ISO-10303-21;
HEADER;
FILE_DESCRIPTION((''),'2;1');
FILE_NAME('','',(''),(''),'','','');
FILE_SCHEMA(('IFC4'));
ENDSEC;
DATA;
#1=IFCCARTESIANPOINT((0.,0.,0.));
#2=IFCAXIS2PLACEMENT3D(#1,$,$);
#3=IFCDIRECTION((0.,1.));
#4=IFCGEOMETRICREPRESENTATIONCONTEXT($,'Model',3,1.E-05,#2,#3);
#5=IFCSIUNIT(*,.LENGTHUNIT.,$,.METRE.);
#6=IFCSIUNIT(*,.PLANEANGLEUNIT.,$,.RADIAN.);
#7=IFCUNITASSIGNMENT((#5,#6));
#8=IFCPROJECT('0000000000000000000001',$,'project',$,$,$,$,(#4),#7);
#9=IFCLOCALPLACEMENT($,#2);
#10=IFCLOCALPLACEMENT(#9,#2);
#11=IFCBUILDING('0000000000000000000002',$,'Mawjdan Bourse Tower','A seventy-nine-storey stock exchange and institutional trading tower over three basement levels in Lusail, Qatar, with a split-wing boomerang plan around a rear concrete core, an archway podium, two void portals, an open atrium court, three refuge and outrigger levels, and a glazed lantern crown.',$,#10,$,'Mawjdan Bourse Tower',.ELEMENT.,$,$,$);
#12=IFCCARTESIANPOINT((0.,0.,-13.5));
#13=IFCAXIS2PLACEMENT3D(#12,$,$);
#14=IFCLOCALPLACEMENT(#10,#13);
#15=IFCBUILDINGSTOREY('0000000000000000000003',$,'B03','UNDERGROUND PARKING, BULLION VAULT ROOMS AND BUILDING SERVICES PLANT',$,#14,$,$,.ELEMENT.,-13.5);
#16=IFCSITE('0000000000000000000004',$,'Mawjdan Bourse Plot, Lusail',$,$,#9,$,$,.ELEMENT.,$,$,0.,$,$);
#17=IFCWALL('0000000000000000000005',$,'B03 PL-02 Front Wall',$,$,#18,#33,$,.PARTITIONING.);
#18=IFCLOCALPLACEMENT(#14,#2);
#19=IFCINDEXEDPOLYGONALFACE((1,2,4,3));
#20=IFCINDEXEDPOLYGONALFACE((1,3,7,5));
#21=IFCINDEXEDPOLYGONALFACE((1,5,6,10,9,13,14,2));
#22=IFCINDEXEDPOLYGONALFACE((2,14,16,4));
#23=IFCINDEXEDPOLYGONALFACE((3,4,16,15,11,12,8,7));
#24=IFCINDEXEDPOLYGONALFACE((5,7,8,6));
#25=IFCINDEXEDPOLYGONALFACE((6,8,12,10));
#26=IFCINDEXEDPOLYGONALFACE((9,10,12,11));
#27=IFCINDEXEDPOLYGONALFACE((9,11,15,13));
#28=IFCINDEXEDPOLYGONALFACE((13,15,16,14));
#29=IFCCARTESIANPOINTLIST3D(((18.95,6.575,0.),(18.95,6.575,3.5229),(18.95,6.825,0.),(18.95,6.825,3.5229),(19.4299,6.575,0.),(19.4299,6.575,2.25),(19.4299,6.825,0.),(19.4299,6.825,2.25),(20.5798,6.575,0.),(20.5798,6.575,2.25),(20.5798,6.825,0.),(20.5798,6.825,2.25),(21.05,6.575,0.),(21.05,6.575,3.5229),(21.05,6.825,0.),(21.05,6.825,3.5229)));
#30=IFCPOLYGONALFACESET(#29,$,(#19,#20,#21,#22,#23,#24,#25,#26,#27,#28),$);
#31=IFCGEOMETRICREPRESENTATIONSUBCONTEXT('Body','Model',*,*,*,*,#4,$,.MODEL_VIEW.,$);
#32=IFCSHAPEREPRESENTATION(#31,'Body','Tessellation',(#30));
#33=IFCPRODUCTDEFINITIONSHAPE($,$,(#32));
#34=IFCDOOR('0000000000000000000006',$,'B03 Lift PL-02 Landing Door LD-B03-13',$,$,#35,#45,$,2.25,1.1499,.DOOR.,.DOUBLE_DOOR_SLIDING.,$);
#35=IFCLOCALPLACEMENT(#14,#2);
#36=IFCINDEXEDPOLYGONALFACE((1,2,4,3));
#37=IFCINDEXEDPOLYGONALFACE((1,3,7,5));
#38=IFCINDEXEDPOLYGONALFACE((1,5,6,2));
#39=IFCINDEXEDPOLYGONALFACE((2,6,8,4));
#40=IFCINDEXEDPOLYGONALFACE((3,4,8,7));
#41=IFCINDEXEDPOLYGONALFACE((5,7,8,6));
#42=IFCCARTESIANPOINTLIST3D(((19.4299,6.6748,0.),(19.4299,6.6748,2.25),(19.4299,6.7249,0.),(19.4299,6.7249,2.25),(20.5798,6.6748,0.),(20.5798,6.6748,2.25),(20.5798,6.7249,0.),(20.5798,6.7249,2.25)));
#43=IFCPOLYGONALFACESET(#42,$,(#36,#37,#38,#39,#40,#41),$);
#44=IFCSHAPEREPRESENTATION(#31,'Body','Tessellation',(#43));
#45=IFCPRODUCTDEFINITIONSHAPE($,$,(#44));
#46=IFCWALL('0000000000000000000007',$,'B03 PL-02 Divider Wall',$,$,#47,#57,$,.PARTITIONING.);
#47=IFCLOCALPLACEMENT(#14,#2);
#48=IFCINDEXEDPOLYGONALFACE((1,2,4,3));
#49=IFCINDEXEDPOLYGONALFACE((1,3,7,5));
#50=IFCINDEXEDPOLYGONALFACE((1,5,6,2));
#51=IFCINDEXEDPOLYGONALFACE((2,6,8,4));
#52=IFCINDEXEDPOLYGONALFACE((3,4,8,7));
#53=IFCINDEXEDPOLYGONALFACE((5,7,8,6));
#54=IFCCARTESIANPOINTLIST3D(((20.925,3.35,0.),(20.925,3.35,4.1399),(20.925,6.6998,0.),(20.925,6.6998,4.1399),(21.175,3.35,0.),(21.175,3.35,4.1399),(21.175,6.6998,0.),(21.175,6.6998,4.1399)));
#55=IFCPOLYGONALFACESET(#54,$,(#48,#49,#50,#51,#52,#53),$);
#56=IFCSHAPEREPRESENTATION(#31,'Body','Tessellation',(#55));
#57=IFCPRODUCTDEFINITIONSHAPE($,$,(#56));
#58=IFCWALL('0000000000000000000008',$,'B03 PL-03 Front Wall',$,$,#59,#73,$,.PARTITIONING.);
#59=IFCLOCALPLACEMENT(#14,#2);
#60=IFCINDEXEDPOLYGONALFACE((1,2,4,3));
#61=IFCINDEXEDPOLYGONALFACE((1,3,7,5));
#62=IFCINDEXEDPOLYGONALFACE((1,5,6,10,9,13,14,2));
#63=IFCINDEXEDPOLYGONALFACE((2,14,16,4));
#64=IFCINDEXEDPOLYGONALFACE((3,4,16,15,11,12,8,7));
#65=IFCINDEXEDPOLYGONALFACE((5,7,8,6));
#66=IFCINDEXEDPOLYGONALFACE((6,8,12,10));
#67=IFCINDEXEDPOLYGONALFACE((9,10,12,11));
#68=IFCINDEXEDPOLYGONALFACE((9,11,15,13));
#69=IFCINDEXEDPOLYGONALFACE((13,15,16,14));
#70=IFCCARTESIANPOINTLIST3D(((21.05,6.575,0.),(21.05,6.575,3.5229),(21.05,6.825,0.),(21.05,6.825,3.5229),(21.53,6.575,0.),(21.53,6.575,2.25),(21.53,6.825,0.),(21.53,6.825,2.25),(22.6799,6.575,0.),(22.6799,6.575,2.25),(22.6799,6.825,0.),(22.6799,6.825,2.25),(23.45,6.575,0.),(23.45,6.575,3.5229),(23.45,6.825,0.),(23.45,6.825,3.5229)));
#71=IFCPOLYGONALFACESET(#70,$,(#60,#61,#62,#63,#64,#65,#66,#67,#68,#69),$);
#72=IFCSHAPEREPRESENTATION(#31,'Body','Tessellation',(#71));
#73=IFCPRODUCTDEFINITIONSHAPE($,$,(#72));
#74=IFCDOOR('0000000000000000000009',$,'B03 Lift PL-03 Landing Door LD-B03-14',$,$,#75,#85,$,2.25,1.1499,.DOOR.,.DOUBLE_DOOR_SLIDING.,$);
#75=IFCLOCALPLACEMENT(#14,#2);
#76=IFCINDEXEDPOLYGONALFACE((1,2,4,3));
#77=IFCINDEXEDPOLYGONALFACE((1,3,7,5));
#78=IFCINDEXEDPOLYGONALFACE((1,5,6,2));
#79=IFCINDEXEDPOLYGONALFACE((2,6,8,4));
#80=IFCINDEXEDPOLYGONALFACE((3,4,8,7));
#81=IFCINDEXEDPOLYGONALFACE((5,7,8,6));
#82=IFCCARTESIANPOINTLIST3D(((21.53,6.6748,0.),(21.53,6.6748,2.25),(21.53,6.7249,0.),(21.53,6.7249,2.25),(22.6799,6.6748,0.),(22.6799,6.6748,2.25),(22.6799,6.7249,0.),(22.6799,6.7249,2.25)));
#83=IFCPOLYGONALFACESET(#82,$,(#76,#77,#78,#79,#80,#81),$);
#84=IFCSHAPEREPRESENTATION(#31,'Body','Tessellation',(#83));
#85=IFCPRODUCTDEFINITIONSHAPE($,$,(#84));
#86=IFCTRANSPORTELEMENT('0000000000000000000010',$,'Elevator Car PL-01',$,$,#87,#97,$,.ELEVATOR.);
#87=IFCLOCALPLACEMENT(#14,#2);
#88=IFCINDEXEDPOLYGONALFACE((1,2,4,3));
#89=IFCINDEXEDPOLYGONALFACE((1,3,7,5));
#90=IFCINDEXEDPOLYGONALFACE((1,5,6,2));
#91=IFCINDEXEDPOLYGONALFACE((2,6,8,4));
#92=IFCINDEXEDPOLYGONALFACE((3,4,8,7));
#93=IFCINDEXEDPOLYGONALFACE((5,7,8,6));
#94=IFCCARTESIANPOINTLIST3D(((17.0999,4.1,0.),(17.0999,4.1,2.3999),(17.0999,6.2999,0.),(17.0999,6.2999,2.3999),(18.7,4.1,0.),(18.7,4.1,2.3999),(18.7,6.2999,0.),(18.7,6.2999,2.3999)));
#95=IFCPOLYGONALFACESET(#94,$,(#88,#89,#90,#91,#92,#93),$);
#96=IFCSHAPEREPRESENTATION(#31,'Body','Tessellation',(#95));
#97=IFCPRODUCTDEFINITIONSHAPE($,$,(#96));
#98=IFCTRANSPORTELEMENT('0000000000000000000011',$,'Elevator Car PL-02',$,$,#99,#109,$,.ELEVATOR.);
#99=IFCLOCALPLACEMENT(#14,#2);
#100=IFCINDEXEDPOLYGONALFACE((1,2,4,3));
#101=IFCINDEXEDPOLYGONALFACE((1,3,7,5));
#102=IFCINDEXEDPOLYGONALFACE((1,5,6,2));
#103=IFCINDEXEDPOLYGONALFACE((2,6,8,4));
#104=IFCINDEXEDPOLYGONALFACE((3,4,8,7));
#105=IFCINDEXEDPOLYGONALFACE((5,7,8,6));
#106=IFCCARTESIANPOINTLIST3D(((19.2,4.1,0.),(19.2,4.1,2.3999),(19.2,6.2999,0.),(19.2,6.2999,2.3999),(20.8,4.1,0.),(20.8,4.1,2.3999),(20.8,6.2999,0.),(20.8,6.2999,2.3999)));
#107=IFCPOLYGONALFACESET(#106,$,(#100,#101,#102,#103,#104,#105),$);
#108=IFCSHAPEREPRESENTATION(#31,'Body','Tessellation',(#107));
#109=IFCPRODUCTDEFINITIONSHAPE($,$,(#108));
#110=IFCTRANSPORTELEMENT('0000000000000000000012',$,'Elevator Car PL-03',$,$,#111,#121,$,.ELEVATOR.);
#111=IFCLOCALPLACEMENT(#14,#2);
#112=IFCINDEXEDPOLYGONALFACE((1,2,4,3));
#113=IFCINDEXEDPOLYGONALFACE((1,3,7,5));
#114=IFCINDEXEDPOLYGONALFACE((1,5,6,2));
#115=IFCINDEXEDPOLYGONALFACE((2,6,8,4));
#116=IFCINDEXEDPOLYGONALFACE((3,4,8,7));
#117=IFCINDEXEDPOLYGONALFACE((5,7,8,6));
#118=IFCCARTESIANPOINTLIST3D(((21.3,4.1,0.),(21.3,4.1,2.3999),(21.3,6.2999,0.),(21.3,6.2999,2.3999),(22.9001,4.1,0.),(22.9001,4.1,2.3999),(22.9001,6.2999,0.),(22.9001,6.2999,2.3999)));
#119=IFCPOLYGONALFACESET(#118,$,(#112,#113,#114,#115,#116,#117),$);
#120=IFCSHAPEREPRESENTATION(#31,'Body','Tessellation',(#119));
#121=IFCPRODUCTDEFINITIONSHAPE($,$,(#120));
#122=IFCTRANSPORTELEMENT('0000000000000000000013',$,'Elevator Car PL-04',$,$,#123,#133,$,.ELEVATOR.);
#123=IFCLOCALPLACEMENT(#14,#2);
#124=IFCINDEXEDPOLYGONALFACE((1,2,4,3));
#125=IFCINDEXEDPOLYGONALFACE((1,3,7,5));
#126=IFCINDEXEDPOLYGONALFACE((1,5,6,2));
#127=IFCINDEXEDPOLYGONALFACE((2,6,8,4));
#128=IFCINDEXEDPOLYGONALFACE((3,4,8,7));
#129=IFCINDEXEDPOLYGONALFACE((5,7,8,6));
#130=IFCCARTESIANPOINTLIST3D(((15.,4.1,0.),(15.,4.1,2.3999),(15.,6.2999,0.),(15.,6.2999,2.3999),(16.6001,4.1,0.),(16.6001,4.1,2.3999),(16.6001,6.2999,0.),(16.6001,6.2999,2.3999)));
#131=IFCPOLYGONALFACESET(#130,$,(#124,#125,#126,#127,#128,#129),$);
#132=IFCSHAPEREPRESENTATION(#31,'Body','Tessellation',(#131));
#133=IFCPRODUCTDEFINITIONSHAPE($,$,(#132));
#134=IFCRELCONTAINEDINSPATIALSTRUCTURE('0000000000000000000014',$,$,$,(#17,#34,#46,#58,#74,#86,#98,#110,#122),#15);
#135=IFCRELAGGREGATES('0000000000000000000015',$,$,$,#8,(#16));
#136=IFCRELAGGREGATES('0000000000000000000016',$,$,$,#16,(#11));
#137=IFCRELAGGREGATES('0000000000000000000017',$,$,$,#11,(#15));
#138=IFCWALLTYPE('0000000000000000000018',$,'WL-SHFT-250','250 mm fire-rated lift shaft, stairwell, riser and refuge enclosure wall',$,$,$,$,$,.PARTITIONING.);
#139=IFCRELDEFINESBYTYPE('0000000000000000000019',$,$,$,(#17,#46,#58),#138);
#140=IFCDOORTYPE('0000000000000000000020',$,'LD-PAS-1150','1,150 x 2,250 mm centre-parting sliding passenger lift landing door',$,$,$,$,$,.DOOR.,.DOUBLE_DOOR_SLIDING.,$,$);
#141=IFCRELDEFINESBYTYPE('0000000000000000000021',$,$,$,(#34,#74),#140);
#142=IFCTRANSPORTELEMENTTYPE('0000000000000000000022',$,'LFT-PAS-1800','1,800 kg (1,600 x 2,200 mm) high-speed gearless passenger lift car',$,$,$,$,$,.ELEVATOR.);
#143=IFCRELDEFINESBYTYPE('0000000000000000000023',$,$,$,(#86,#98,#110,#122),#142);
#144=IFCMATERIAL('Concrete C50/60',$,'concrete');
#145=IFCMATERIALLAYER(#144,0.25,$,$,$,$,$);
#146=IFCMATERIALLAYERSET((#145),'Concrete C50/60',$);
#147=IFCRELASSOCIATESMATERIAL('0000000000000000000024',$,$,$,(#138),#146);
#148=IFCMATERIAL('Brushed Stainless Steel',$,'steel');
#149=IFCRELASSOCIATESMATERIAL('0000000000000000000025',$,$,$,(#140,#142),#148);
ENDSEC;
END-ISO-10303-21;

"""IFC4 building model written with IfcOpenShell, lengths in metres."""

from ifc_helpers import new_model, si_unit, direction, frame, frame_2d, origin, origin_2d, place, context, subcontext, project, spatial, rectangle, extrude, material, layer, layer_set, type_object, element, fill, save


model = new_model("IFC4")

# Units and contexts
model_context = context("Model", 3, precision=1e-05, world=origin(), true_north=direction((0.0, 1.0)))
body_context = subcontext(model_context, "Body", "Model", "MODEL_VIEW")
ifc_project = project(units=[si_unit("LENGTHUNIT", "METRE"), si_unit("PLANEANGLEUNIT", "RADIAN")], contexts=[model_context])

# Site, building, storey
site_placement = place(None, origin())
site = spatial("IfcSite", under=ifc_project, at=site_placement, Name="Mawjdan Bourse Plot, Lusail", CompositionType="ELEMENT", RefElevation=0.0)
building_placement = place(site_placement, origin())
building = spatial("IfcBuilding", under=site, at=building_placement, Name="Mawjdan Bourse Tower", Description="A seventy-nine-storey stock exchange and institutional trading tower over three basement levels in Lusail, Qatar, with a split-wing boomerang plan around a rear concrete core, an archway podium, two void portals, an open atrium court, three refuge and outrigger levels, and a glazed lantern crown.", LongName="Mawjdan Bourse Tower", CompositionType="ELEMENT")
storey_placement = place(building_placement, frame((0.0, 0.0, -13.5)))
storey = spatial("IfcBuildingStorey", under=building, at=storey_placement, Name="B03", Description="UNDERGROUND PARKING, BULLION VAULT ROOMS AND BUILDING SERVICES PLANT", CompositionType="ELEMENT", Elevation=-13.5)

# Shared definitions
ifc_material_1 = material(Name="Concrete C50/60", Category="concrete")
ifc_layer = layer(ifc_material_1, 0.25)
ifc_layer_set = layer_set([ifc_layer], Name="Concrete C50/60")
wall_type = type_object("IfcWallType", Name="WL-SHFT-250", Description="250 mm fire-rated lift shaft, stairwell, riser and refuge enclosure wall", PredefinedType="PARTITIONING", material=ifc_layer_set)

# Shared definitions
ifc_material_2 = material(Name="Brushed Stainless Steel", Category="steel")
door_type = type_object("IfcDoorType", Name="LD-PAS-1150", Description="1,150 x 2,250 mm centre-parting sliding passenger lift landing door", OperationType="DOUBLE_DOOR_SLIDING", PredefinedType="DOOR", material=ifc_material_2)

# Wall, opening, door
wall_1_placement = place(storey_placement, frame((18.95, 6.7, 0.0), z_axis=(0.0, 0.0, 1.0), x_axis=(1.0, 0.0, 0.0)))
wall_1 = element("IfcWall", 1, at=wall_1_placement, inside=storey, type_object=wall_type, Name="B03 PL-02 Front Wall", PredefinedType="PARTITIONING", context=body_context, shape_type="SweptSolid", body=[
    extrude(rectangle(XDim=2.1001, YDim=0.25, at=frame_2d((1.05, 0.0))), origin(), (0.0, 0.0, 1.0), 3.5229),
])
opening_1_placement = place(wall_1_placement, frame((0.48, 0.0, 0.0)))
opening_1 = element("IfcOpeningElement", 2, at=opening_1_placement, cuts=wall_1, PredefinedType="OPENING", context=body_context, shape_type="SweptSolid", body=[
    extrude(rectangle(XDim=1.1499, YDim=2.25, at=frame_2d((0.575, 1.125))), frame((0.0, 0.135, 0.0), z_axis=(0.0, -1.0, 0.0), x_axis=(1.0, 0.0, 0.0)), (0.0, 0.0, 1.0), 0.27),
])
door_1_placement = place(opening_1_placement, origin())
door_1 = element("IfcDoor", 3, at=door_1_placement, inside=storey, type_object=door_type, Name="B03 Lift PL-02 Landing Door LD-B03-13", OperationType="DOUBLE_DOOR_SLIDING", OverallHeight=2.25, OverallWidth=1.1499, PredefinedType="DOOR", context=body_context, shape_type="SweptSolid", body=[
    extrude(rectangle(XDim=1.1499, YDim=2.25, at=frame_2d((0.575, 1.125))), frame((0.0, 0.0249, 0.0), z_axis=(0.0, -1.0, 0.0), x_axis=(1.0, 0.0, 0.0)), (0.0, 0.0, 1.0), 0.05),
])
fill(opening_1, door_1)

# Wall
wall_2_placement = place(storey_placement, frame((21.05, 3.3501, 0.0), z_axis=(0.0, 0.0, 1.0), x_axis=(0.0, 1.0, 0.0)))
element("IfcWall", 4, at=wall_2_placement, inside=storey, type_object=wall_type, Name="B03 PL-02 Divider Wall", PredefinedType="PARTITIONING", context=body_context, shape_type="SweptSolid", body=[
    extrude(rectangle(XDim=3.3499, YDim=0.25, at=frame_2d((1.6748, 0.0))), origin(), (0.0, 0.0, 1.0), 4.1399),
])

# Wall, opening, door
wall_3_placement = place(storey_placement, frame((21.05, 6.7, 0.0), z_axis=(0.0, 0.0, 1.0), x_axis=(1.0, 0.0, 0.0)))
wall_3 = element("IfcWall", 5, at=wall_3_placement, inside=storey, type_object=wall_type, Name="B03 PL-03 Front Wall", PredefinedType="PARTITIONING", context=body_context, shape_type="SweptSolid", body=[
    extrude(rectangle(XDim=2.3999, YDim=0.25, at=frame_2d((1.2, 0.0))), origin(), (0.0, 0.0, 1.0), 3.5229),
])
opening_2_placement = place(wall_3_placement, frame((0.48, 0.0, 0.0)))
opening_2 = element("IfcOpeningElement", 6, at=opening_2_placement, cuts=wall_3, PredefinedType="OPENING", context=body_context, shape_type="SweptSolid", body=[
    extrude(rectangle(XDim=1.1499, YDim=2.25, at=frame_2d((0.575, 1.125))), frame((0.0, 0.135, 0.0), z_axis=(0.0, -1.0, 0.0), x_axis=(1.0, 0.0, 0.0)), (0.0, 0.0, 1.0), 0.27),
])
door_2_placement = place(opening_2_placement, origin())
door_2 = element("IfcDoor", 7, at=door_2_placement, inside=storey, type_object=door_type, Name="B03 Lift PL-03 Landing Door LD-B03-14", OperationType="DOUBLE_DOOR_SLIDING", OverallHeight=2.25, OverallWidth=1.1499, PredefinedType="DOOR", context=body_context, shape_type="SweptSolid", body=[
    extrude(rectangle(XDim=1.1499, YDim=2.25, at=frame_2d((0.575, 1.125))), frame((0.0, 0.0249, 0.0), z_axis=(0.0, -1.0, 0.0), x_axis=(1.0, 0.0, 0.0)), (0.0, 0.0, 1.0), 0.05),
])
fill(opening_2, door_2)

# Transport elements
transport_element_type = type_object("IfcTransportElementType", Name="LFT-PAS-1800", Description="1,800 kg (1,600 x 2,200 mm) high-speed gearless passenger lift car", PredefinedType="ELEVATOR", material=ifc_material_2)
for number, where, z_axis, x_axis, name in (
    (8, (17.8999, 5.2, 0.0), (0.0, 0.0, 1.0), (1.0, 0.0, 0.0), "Elevator Car PL-01"),
    (9, (20.0, 5.2, 0.0), (0.0, 0.0, 1.0), (1.0, 0.0, 0.0), "Elevator Car PL-02"),
    (10, (22.1001, 5.2, 0.0), (0.0, 0.0, 1.0), (1.0, 0.0, 0.0), "Elevator Car PL-03"),
    (11, (15.8, 5.2, 0.0), (0.0, 0.0, 1.0), (1.0, 0.0, 0.0), "Elevator Car PL-04"),
):
    element("IfcTransportElement", number, at=place(storey_placement, frame(where, z_axis=z_axis, x_axis=x_axis)), inside=storey, type_object=transport_element_type, Name=name, PredefinedType="ELEVATOR", context=body_context, shape_type="SweptSolid", body=[
        extrude(rectangle(XDim=1.6001, YDim=2.2, at=origin_2d()), origin(), (0.0, 0.0, 1.0), 2.3999),
    ])

save(model, "model.ifc")
